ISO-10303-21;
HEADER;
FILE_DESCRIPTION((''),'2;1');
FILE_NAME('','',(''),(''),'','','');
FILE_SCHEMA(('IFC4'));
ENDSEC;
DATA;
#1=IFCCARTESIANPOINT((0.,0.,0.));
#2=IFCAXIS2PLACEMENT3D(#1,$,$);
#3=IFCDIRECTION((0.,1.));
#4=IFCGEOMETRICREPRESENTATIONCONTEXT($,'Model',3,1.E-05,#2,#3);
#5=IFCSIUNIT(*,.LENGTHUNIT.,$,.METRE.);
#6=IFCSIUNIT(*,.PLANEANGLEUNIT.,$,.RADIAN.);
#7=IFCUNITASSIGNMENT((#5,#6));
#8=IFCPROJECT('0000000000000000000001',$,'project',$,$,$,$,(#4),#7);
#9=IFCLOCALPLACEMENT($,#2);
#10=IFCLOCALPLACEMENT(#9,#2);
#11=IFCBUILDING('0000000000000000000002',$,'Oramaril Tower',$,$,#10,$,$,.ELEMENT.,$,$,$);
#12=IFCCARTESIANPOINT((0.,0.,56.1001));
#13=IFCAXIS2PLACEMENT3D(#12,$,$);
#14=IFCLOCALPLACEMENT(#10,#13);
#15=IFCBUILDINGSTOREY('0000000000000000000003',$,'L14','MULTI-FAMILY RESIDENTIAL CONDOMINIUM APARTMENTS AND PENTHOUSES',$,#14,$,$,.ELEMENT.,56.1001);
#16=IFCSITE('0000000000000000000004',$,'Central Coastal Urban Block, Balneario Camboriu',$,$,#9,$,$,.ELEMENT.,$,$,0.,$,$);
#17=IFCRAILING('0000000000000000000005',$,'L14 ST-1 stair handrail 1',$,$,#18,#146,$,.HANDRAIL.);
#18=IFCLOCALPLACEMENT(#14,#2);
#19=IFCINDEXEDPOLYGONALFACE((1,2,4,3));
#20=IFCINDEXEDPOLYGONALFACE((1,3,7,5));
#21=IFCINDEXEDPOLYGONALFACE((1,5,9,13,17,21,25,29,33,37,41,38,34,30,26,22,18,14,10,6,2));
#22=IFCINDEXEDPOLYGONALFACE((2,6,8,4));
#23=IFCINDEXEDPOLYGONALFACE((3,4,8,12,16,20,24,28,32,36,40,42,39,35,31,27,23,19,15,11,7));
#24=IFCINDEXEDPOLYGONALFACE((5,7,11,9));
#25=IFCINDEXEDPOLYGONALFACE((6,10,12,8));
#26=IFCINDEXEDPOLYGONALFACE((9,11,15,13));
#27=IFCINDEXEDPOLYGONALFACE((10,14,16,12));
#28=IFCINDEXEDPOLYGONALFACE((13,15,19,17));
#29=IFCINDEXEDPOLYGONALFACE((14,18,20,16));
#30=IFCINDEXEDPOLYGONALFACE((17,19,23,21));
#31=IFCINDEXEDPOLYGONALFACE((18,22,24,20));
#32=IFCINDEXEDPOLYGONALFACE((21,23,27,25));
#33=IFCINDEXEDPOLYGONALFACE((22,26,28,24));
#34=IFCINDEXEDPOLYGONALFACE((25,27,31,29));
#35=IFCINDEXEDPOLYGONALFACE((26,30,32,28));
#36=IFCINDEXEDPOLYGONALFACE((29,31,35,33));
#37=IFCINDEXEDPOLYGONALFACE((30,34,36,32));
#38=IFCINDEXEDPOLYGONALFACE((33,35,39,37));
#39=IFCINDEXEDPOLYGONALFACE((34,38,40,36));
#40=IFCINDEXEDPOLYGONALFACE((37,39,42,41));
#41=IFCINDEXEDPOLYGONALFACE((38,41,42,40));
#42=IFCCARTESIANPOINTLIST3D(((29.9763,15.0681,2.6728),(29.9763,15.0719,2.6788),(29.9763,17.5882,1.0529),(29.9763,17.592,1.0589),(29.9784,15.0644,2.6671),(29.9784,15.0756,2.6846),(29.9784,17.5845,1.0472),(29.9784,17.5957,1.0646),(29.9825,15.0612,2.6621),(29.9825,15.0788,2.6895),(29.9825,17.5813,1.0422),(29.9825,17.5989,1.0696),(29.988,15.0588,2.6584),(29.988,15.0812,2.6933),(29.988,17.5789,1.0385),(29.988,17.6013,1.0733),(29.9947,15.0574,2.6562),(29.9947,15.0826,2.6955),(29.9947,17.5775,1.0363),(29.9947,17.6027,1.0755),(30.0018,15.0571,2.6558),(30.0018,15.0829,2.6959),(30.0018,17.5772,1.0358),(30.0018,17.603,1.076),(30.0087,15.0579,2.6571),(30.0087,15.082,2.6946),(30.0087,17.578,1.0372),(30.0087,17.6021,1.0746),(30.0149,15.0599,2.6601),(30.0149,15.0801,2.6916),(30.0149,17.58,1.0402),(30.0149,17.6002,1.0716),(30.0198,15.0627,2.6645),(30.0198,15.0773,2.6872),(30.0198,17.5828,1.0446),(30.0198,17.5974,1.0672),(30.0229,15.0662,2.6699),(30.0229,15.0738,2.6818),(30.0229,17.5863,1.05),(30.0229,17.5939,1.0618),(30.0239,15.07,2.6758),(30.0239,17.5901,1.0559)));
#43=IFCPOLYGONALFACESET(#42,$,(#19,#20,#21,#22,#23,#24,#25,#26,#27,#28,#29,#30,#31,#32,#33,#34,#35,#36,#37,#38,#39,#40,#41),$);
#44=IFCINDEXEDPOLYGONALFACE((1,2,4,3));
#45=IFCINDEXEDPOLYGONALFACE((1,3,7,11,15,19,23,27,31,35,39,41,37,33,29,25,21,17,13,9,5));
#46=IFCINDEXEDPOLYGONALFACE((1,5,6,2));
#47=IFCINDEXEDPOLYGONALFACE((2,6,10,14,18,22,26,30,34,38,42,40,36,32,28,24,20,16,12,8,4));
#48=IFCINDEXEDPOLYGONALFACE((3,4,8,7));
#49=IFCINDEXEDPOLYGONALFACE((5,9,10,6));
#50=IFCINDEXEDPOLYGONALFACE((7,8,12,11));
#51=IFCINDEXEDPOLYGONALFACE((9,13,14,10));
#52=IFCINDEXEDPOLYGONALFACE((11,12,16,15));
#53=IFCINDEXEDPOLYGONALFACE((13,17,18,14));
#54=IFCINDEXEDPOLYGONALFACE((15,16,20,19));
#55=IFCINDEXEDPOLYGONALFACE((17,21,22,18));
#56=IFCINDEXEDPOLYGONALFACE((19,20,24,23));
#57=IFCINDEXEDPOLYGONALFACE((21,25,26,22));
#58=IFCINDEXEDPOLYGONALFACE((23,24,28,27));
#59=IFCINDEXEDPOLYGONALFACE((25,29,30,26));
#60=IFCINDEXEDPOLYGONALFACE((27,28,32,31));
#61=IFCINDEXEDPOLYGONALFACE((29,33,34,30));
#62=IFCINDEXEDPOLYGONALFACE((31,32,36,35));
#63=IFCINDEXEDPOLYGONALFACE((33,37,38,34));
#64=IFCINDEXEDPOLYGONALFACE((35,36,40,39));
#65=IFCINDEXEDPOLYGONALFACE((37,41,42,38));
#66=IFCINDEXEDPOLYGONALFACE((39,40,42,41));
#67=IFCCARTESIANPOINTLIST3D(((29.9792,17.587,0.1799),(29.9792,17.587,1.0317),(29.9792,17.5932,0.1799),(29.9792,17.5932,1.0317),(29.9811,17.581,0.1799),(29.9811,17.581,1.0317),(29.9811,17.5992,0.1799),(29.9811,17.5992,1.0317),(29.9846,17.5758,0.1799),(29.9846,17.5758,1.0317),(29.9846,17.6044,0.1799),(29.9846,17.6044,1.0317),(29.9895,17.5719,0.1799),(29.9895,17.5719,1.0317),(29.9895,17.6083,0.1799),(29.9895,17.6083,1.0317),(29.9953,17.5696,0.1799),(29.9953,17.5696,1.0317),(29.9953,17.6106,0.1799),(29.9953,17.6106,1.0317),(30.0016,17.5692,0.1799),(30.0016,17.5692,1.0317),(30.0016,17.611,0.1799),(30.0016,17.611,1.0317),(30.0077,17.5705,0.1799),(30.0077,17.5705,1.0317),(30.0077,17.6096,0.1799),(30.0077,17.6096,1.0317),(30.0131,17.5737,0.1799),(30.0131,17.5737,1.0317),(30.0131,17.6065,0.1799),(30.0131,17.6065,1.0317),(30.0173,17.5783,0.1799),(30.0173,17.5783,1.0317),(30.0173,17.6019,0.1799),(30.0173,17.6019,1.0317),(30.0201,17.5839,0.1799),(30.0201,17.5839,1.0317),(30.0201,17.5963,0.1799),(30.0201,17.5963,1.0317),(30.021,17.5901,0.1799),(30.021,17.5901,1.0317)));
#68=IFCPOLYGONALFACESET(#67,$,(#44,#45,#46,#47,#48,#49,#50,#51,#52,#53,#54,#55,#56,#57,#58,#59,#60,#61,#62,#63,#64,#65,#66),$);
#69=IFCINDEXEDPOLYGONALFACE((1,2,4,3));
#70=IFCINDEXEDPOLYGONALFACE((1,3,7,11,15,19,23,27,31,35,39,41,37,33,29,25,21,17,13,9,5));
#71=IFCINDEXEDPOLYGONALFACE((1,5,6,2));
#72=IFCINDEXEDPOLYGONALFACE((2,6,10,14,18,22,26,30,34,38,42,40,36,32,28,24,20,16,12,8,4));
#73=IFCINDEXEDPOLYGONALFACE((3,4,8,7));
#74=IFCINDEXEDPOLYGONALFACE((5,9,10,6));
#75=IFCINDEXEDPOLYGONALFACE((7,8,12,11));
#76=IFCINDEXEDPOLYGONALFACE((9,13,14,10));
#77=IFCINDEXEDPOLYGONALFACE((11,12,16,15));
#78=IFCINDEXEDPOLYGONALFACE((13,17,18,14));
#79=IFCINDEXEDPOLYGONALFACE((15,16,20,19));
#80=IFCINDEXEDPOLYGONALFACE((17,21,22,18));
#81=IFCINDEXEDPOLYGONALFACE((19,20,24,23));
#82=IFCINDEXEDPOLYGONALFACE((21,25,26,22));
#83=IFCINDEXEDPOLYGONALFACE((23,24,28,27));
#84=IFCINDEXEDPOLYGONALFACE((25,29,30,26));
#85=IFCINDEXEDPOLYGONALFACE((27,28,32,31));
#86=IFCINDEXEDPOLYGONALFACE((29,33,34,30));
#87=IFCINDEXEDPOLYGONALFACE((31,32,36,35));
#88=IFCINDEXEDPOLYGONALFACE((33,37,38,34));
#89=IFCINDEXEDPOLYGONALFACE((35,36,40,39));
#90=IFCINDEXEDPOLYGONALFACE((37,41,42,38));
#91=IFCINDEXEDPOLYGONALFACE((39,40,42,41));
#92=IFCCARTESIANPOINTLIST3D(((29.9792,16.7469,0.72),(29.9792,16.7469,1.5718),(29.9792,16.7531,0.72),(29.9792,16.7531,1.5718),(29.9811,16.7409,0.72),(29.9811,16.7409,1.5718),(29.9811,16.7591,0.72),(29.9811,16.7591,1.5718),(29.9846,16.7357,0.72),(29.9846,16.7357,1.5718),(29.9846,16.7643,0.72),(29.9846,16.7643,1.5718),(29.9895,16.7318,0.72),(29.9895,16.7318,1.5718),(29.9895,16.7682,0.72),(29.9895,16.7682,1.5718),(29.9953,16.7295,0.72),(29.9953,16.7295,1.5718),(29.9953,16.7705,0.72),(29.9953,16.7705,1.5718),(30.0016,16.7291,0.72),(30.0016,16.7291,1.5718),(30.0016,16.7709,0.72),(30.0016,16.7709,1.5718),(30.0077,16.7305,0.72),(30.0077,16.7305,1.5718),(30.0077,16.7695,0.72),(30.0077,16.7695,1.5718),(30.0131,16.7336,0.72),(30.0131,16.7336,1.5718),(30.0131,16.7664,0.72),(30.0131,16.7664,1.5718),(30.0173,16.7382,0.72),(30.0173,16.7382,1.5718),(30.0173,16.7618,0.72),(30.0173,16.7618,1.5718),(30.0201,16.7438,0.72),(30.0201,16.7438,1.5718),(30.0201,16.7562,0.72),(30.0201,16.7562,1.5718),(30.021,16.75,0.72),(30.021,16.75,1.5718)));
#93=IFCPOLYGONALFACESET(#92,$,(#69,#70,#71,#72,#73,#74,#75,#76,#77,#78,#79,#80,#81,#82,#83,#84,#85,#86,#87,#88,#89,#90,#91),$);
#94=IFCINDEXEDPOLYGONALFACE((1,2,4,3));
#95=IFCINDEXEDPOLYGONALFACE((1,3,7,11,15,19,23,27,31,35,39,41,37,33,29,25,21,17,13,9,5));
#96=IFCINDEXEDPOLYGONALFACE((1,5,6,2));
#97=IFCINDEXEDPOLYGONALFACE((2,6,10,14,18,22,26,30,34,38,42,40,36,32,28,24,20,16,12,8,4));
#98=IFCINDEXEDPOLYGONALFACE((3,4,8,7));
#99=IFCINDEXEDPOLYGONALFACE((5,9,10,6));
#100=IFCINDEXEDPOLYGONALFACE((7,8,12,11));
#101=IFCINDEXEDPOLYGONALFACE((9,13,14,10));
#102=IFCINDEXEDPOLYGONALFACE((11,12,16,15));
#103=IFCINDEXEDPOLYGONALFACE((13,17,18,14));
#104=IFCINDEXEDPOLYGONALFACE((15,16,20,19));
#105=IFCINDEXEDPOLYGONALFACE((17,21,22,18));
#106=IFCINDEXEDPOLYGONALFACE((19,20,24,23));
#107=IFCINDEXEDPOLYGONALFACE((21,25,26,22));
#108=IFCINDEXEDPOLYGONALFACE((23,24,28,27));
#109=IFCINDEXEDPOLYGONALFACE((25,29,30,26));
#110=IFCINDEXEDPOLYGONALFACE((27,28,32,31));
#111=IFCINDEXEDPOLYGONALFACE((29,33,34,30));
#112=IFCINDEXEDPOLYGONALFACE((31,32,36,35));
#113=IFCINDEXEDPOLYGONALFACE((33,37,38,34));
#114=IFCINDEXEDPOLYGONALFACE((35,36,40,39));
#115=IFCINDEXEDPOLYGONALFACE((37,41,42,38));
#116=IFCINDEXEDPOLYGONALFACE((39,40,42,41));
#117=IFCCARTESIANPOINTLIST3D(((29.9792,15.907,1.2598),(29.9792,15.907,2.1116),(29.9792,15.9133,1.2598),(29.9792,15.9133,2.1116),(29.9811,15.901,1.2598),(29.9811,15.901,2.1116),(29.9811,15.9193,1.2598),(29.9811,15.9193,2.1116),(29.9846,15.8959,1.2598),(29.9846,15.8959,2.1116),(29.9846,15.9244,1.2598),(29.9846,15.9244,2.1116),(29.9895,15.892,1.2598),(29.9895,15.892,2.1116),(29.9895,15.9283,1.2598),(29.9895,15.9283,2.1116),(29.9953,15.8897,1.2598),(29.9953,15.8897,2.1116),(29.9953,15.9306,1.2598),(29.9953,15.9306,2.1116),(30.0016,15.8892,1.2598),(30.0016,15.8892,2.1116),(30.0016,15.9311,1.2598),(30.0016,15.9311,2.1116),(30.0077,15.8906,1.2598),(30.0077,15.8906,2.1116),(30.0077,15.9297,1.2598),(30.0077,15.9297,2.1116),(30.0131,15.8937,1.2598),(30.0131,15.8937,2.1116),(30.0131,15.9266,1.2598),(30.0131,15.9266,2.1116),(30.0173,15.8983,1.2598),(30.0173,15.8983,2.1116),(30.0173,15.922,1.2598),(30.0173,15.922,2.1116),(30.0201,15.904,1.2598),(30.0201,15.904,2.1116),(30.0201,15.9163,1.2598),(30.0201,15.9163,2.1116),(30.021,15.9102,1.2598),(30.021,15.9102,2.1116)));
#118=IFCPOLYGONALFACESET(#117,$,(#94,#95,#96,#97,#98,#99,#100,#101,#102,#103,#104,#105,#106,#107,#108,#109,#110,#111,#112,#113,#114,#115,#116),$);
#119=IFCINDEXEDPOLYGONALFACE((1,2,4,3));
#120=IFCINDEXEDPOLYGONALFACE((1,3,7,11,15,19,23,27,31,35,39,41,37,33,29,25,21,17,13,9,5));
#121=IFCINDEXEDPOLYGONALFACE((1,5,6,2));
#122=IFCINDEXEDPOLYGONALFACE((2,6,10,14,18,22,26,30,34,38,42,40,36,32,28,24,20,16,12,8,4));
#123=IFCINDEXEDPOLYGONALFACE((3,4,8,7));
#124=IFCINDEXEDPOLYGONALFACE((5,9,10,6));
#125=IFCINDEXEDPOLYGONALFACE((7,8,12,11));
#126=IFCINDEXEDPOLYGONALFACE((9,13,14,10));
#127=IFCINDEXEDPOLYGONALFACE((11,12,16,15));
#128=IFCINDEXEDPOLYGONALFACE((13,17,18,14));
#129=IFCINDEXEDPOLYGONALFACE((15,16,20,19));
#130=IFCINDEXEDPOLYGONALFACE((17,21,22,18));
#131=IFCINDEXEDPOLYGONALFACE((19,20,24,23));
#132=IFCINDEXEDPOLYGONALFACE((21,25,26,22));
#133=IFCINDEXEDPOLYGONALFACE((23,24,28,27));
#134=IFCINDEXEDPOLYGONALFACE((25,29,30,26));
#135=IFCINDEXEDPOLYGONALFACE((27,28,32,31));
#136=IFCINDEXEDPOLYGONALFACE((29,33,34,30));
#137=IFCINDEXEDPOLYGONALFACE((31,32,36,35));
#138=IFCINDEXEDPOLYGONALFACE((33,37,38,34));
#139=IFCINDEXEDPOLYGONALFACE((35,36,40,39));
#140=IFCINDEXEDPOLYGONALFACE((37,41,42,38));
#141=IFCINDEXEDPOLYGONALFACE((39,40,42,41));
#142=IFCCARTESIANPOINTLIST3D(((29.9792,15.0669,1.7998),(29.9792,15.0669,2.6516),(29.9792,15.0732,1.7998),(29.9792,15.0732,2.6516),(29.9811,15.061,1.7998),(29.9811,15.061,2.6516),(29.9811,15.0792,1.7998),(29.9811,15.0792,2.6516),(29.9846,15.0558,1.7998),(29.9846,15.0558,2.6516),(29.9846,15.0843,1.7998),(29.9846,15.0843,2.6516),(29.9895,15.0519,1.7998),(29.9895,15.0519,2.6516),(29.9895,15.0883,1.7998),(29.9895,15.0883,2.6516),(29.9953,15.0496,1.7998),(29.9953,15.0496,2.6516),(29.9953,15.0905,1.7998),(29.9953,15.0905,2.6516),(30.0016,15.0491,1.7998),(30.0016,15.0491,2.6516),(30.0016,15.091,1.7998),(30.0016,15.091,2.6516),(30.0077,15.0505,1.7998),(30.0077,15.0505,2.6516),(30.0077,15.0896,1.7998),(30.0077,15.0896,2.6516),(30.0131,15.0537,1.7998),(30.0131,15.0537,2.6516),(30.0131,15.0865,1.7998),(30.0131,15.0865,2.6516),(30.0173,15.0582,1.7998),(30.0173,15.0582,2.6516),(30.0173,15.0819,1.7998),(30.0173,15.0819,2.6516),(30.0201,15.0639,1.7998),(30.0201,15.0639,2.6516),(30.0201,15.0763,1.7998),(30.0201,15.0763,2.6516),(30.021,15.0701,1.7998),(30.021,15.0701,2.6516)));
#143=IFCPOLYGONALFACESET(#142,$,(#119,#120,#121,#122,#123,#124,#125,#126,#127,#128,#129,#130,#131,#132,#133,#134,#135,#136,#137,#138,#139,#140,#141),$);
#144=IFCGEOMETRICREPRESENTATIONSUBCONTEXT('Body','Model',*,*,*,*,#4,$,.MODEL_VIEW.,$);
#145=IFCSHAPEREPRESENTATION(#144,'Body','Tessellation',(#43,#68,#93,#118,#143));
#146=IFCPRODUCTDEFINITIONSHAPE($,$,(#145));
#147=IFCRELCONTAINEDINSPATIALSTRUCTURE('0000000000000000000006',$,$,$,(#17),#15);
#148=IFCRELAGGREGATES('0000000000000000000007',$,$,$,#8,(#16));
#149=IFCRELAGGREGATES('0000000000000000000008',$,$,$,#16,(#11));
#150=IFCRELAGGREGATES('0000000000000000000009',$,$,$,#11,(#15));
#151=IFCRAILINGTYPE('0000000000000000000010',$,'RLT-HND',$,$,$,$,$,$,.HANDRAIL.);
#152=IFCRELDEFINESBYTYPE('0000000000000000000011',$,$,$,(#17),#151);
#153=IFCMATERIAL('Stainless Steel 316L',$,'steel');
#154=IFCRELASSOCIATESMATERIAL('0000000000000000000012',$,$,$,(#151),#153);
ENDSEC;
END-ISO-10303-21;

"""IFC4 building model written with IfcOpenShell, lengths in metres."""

from ifc_helpers import new_model, si_unit, direction, frame, origin, origin_2d, place, context, subcontext, project, spatial, circle, extrude, material, type_object, element, save


model = new_model("IFC4")

# Units and contexts
model_context = context("Model", 3, precision=1e-05, world=origin(), true_north=direction((0.0, 1.0)))
body_context = subcontext(model_context, "Body", "Model", "MODEL_VIEW")
ifc_project = project(units=[si_unit("LENGTHUNIT", "METRE"), si_unit("PLANEANGLEUNIT", "RADIAN")], contexts=[model_context])

# Site, building, storey
site_placement = place(None, origin())
site = spatial("IfcSite", under=ifc_project, at=site_placement, Name="Central Coastal Urban Block, Balneario Camboriu", CompositionType="ELEMENT", RefElevation=0.0)
building_placement = place(site_placement, origin())
building = spatial("IfcBuilding", under=site, at=building_placement, Name="Oramaril Tower", CompositionType="ELEMENT")
storey_placement = place(building_placement, frame((0.0, 0.0, 56.1001)))
storey = spatial("IfcBuildingStorey", under=building, at=storey_placement, Name="L14", Description="MULTI-FAMILY RESIDENTIAL CONDOMINIUM APARTMENTS AND PENTHOUSES", CompositionType="ELEMENT", Elevation=56.1001)

# Railing
ifc_material_1 = material(Name="Stainless Steel 316L", Category="steel")
railing_type_1 = type_object("IfcRailingType", Name="RLT-HND", PredefinedType="HANDRAIL", material=ifc_material_1)
railing_1_placement = place(storey_placement, frame((30.0, 17.5901, 0.1799)))
element("IfcRailing", 1, at=railing_1_placement, inside=storey, type_object=railing_type_1, Name="L14 ST-1 stair handrail 1", PredefinedType="HANDRAIL", context=body_context, shape_type="SweptSolid", body=[
    extrude(circle(Radius=0.0239, at=origin_2d()), frame((0.0, 0.0, 0.876), z_axis=(0.0, -0.8412, 0.540725), x_axis=(1.0, 0.0, 0.0)), (0.0, 0.0, 1.0), 2.9958),
    extrude(circle(Radius=0.021, at=origin_2d()), origin(), (0.0, 0.0, 1.0), 0.8518),
    extrude(circle(Radius=0.021, at=origin_2d()), frame((0.0, -0.8401, 0.54)), (0.0, 0.0, 1.0), 0.8518),
    extrude(circle(Radius=0.021, at=origin_2d()), frame((0.0, -1.6799, 1.0798)), (0.0, 0.0, 1.0), 0.8518),
    extrude(circle(Radius=0.021, at=origin_2d()), frame((0.0, -2.52, 1.6199)), (0.0, 0.0, 1.0), 0.8518),
])

save(model, "model.ifc")
